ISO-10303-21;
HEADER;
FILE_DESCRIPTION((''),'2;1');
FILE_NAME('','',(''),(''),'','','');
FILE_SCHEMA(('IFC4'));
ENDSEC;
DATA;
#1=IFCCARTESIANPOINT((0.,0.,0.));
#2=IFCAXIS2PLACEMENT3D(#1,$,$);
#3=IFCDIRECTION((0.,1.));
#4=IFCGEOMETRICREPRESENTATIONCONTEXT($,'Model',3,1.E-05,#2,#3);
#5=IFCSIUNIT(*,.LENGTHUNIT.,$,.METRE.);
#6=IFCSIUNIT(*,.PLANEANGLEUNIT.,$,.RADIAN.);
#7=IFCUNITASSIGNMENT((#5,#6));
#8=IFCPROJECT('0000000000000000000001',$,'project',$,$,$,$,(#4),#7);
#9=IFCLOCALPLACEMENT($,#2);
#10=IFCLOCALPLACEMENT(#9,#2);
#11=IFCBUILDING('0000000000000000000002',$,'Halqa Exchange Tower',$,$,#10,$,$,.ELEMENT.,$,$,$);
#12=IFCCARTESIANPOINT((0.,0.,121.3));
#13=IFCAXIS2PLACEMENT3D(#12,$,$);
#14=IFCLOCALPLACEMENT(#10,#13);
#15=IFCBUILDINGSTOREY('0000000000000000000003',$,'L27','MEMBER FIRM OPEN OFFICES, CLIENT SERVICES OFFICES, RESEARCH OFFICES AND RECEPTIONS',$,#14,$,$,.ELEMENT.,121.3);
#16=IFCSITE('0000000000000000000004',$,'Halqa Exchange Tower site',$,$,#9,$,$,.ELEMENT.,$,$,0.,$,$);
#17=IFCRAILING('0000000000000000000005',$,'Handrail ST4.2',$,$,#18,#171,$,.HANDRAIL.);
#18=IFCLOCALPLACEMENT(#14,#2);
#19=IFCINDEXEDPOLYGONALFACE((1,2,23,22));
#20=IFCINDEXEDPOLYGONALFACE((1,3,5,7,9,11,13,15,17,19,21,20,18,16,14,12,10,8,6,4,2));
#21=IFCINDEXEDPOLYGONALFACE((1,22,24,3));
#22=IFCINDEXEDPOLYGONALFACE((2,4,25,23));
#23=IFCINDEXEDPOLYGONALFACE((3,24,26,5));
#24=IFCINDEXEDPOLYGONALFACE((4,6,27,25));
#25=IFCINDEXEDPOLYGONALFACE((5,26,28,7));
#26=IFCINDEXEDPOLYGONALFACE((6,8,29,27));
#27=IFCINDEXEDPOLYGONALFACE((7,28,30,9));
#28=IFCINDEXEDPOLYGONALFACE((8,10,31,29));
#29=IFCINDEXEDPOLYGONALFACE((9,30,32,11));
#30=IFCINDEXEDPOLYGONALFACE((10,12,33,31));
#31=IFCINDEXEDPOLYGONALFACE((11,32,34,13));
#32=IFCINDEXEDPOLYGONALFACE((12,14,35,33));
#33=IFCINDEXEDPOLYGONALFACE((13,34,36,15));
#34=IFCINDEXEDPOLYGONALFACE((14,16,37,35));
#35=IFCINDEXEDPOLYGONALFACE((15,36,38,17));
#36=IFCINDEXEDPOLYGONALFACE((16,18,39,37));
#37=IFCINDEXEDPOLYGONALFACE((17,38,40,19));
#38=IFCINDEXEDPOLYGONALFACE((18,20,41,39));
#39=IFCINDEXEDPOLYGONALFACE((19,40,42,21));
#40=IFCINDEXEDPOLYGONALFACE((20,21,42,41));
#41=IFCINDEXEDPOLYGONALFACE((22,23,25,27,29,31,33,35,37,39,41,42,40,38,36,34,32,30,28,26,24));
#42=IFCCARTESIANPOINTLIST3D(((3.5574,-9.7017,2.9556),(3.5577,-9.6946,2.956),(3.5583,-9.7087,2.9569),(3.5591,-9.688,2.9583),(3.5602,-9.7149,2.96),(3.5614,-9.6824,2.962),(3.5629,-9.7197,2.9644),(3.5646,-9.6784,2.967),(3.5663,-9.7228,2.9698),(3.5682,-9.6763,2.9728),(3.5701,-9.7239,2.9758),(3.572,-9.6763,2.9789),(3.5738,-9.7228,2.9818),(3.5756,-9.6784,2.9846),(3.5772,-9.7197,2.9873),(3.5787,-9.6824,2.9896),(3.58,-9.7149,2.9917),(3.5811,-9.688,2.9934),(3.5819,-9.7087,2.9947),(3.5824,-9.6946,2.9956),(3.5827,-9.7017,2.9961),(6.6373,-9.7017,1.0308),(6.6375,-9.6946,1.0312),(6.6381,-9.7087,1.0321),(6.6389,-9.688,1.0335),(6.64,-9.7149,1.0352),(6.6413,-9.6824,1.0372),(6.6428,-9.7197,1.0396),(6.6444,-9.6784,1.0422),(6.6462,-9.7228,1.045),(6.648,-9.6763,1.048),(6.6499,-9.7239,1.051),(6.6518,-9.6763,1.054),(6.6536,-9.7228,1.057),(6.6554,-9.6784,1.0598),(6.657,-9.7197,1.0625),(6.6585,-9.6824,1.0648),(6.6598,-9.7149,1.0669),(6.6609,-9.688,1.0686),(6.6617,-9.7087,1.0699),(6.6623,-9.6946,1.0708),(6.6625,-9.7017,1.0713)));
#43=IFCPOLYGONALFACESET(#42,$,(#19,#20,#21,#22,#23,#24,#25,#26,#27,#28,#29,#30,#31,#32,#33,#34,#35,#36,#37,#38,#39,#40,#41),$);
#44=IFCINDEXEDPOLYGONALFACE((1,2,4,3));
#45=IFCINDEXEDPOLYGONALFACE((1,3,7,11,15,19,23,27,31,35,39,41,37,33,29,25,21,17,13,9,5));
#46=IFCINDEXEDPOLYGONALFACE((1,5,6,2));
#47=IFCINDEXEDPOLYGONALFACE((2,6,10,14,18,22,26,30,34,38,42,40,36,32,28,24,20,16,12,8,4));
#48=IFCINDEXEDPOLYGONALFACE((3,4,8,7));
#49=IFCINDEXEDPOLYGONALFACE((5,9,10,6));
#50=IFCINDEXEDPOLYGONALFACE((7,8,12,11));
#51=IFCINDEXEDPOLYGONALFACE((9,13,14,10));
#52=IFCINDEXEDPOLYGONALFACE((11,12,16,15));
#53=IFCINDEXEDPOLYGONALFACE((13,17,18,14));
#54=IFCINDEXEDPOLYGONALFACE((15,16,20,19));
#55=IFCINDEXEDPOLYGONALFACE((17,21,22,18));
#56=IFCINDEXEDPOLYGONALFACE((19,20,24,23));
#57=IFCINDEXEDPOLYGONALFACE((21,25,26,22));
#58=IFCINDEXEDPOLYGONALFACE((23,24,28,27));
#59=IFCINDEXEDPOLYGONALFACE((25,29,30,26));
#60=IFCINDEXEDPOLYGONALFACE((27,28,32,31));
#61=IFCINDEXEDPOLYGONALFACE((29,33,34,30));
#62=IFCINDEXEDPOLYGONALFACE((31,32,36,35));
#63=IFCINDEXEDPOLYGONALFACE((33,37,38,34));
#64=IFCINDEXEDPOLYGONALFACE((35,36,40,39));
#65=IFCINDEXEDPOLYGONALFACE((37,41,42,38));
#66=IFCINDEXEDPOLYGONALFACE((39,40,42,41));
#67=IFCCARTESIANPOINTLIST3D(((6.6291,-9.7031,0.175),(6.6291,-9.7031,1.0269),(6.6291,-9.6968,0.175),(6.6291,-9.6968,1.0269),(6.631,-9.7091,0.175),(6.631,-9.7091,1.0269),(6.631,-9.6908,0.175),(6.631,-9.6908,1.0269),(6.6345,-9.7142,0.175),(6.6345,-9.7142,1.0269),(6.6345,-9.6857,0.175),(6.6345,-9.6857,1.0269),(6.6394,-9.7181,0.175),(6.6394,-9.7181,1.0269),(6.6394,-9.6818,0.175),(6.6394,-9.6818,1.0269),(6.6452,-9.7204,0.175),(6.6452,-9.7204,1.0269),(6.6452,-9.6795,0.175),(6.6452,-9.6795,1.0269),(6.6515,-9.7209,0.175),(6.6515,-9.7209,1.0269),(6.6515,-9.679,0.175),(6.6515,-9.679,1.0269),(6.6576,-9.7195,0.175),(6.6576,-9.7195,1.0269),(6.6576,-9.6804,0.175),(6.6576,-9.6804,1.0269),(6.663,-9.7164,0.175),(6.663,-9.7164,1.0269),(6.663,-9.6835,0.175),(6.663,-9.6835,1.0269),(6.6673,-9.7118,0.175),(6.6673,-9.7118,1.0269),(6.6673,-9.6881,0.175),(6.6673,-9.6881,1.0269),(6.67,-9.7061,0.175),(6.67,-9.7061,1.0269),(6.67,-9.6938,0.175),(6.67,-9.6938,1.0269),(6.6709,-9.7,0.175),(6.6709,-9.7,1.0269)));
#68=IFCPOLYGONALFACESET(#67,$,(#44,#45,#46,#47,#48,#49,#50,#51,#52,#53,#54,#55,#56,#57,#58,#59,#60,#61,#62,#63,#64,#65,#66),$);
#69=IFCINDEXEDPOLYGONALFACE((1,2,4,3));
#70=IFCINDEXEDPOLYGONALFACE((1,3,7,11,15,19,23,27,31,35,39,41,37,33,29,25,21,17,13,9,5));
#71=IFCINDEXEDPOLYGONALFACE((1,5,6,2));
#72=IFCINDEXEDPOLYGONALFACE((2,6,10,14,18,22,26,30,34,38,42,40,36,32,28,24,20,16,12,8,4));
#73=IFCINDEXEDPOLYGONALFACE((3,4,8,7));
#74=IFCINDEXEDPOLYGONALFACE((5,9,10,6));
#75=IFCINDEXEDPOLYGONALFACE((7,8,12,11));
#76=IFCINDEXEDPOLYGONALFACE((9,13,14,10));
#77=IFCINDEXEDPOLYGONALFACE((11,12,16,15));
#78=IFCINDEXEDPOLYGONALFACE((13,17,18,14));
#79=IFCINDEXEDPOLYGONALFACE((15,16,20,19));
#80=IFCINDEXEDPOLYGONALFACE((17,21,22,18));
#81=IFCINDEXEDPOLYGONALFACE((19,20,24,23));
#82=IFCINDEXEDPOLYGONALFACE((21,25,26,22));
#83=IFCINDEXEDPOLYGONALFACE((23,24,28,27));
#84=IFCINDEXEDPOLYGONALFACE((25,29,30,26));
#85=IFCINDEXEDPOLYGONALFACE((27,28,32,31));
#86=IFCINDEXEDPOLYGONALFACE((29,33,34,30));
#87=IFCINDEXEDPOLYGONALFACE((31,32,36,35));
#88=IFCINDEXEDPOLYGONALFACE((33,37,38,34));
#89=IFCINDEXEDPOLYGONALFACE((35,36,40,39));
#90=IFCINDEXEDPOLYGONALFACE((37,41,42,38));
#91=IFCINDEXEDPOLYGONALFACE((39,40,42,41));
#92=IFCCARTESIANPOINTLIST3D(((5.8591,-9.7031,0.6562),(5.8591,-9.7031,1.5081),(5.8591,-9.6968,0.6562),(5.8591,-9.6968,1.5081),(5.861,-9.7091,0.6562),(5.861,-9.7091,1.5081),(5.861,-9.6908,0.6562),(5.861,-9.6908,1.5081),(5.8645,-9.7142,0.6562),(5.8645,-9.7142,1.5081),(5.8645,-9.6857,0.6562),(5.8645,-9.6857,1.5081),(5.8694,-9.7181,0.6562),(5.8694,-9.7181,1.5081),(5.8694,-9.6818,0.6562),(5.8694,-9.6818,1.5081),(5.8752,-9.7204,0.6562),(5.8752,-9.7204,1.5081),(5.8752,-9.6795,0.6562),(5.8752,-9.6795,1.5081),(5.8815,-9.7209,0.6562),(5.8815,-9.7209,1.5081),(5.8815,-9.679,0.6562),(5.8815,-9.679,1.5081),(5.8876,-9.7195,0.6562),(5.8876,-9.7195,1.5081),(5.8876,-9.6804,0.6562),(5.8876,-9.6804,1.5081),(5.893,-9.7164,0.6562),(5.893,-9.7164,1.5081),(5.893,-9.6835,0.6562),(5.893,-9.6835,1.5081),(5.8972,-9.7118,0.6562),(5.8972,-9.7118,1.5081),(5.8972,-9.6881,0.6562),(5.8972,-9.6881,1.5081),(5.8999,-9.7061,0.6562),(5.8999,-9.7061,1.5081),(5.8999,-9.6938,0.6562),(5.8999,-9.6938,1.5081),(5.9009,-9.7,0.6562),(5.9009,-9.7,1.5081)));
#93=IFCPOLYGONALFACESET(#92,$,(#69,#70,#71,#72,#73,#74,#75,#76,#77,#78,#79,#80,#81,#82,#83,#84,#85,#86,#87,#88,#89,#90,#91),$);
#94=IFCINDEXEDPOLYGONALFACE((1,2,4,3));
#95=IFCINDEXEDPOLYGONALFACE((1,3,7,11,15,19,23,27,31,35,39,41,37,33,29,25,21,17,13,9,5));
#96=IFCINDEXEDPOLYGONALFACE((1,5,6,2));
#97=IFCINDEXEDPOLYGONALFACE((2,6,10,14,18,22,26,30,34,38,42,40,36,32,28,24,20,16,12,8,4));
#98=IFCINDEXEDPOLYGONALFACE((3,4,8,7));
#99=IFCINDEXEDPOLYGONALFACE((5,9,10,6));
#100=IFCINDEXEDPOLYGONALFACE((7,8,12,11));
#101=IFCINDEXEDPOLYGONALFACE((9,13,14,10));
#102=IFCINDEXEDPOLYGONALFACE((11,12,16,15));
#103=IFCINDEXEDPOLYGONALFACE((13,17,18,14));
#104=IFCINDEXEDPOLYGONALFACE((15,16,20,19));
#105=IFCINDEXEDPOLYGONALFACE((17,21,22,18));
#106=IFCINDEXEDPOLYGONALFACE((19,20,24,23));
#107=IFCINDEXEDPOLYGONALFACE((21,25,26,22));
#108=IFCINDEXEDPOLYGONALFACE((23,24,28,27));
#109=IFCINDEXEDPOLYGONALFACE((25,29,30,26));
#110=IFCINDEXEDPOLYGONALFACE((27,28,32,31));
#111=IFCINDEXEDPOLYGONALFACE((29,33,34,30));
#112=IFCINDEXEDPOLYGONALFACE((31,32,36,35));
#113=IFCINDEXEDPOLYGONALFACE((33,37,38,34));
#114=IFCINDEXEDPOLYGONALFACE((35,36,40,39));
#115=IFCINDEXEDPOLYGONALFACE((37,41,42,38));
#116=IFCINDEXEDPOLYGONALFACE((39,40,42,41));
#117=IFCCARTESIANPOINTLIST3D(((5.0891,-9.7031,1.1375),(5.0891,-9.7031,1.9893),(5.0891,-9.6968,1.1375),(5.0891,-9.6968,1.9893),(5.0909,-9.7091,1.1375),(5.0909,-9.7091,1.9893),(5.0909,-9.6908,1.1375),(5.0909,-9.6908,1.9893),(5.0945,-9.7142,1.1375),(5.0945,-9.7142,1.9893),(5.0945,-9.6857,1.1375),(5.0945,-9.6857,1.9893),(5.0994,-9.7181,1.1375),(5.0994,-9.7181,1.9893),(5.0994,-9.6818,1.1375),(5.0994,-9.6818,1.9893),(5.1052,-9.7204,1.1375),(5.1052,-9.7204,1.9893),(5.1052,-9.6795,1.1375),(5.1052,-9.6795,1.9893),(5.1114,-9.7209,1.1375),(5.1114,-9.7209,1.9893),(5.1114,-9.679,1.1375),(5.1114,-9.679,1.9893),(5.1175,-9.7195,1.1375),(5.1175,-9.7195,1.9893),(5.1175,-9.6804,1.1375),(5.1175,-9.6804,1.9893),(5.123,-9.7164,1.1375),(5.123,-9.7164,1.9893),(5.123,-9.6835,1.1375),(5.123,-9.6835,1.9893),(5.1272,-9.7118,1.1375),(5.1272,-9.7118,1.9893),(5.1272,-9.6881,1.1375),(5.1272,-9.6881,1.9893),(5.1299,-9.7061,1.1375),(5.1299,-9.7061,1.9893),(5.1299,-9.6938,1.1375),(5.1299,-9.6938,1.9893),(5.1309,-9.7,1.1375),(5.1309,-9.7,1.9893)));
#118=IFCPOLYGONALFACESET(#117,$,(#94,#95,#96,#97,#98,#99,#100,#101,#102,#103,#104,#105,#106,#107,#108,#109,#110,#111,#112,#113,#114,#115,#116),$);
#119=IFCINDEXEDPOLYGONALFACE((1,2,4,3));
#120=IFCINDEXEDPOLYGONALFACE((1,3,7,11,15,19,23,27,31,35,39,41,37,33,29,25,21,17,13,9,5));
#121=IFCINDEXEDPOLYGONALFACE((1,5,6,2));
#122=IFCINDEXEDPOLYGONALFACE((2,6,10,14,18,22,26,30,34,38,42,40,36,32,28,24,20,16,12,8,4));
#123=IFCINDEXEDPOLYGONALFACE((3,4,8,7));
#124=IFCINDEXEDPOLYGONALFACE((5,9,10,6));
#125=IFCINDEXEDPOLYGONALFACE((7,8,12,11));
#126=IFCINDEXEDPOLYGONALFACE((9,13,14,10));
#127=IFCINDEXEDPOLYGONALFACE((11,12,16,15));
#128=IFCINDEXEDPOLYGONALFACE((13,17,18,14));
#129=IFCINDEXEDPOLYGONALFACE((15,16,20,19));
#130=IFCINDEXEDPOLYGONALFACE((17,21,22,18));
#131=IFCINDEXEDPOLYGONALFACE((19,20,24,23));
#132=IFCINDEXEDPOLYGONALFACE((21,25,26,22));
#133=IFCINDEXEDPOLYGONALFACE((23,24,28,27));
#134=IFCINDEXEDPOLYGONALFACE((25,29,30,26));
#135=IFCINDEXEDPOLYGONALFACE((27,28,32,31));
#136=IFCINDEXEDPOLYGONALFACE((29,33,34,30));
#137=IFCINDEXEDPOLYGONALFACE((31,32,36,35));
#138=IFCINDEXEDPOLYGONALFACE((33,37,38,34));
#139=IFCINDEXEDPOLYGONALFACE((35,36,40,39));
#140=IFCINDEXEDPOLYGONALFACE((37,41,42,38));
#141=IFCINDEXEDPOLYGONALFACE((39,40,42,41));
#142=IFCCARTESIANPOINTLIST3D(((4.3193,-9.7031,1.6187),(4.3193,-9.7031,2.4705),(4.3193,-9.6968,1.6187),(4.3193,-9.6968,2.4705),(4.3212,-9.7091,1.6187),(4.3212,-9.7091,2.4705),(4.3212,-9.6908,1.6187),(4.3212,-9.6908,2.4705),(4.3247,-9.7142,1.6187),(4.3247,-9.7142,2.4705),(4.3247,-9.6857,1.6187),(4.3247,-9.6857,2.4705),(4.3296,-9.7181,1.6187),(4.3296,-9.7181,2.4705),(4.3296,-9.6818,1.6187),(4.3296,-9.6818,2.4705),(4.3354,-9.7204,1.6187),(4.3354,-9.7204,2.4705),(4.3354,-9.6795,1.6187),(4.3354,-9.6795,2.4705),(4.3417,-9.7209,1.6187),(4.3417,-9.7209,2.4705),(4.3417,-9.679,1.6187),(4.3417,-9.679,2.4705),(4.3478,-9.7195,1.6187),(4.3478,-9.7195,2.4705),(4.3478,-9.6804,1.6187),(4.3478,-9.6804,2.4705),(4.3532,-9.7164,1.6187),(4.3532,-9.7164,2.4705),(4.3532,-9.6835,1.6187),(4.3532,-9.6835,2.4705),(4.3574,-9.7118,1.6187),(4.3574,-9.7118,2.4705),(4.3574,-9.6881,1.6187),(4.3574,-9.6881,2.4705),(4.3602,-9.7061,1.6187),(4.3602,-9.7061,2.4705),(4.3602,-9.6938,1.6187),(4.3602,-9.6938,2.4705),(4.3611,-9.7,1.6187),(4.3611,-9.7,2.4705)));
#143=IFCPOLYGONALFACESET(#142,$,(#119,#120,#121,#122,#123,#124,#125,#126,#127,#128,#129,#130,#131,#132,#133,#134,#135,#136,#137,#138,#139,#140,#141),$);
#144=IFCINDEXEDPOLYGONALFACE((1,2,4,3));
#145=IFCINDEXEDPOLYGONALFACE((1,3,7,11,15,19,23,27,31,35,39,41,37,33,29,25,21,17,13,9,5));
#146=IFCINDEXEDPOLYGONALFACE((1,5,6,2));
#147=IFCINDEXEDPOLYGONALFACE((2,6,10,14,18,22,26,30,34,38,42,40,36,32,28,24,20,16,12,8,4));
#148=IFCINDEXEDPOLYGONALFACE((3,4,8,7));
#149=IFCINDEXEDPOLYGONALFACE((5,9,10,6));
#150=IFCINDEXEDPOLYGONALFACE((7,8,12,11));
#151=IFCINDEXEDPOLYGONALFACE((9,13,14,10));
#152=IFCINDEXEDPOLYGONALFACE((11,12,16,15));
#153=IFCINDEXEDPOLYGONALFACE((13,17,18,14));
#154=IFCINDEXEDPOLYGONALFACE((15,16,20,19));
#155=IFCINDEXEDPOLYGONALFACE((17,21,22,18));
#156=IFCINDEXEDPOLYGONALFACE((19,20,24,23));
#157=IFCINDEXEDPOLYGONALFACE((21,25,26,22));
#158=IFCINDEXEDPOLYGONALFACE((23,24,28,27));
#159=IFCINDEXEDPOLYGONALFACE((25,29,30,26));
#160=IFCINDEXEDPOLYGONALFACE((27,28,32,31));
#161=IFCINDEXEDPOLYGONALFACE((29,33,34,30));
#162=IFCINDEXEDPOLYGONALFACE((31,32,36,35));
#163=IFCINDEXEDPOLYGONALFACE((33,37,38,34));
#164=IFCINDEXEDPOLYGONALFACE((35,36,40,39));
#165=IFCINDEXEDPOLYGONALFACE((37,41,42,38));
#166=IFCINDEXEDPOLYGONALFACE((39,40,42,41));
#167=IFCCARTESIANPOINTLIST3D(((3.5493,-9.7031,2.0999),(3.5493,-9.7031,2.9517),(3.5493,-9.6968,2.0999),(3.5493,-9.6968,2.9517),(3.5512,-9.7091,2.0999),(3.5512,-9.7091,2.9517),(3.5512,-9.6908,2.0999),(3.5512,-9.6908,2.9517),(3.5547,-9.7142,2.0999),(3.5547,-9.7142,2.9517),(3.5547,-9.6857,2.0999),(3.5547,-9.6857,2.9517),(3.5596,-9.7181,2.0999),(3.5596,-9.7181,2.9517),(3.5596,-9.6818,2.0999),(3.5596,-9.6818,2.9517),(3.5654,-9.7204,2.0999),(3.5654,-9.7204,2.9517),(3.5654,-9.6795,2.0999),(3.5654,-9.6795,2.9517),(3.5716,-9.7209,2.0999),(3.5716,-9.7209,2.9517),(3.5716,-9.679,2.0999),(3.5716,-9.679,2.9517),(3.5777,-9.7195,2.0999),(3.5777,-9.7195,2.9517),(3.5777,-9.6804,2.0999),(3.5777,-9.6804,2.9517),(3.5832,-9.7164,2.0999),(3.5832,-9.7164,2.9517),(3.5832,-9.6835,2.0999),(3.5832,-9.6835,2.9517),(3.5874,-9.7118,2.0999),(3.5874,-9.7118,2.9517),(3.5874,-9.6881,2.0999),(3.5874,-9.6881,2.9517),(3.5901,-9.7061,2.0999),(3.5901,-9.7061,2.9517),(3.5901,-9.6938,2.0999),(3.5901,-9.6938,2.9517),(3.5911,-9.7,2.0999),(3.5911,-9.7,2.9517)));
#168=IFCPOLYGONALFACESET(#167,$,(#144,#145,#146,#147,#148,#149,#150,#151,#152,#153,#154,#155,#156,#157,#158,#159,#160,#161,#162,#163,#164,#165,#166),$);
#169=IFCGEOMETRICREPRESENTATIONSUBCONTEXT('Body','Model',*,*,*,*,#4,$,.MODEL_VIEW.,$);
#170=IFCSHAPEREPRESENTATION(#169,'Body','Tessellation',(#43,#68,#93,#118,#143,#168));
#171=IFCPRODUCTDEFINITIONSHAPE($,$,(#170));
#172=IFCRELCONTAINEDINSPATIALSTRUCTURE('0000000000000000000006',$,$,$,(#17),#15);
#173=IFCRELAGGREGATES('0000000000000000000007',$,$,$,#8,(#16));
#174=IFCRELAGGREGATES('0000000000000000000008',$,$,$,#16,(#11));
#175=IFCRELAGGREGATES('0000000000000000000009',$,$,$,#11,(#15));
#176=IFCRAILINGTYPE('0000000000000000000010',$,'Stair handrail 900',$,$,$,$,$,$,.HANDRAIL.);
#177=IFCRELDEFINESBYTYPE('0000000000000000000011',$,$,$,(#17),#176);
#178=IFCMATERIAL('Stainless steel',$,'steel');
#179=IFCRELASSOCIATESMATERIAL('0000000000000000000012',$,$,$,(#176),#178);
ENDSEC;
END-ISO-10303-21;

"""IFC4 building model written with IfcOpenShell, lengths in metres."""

from ifc_helpers import new_model, si_unit, direction, frame, origin, origin_2d, place, context, subcontext, project, spatial, circle, extrude, material, type_object, element, save


model = new_model("IFC4")

# Units and contexts
model_context = context("Model", 3, precision=1e-05, world=origin(), true_north=direction((0.0, 1.0)))
body_context = subcontext(model_context, "Body", "Model", "MODEL_VIEW")
ifc_project = project(units=[si_unit("LENGTHUNIT", "METRE"), si_unit("PLANEANGLEUNIT", "RADIAN")], contexts=[model_context])

# Site, building, storey
site_placement = place(None, origin())
site = spatial("IfcSite", under=ifc_project, at=site_placement, Name="Halqa Exchange Tower site", CompositionType="ELEMENT", RefElevation=0.0)
building_placement = place(site_placement, origin())
building = spatial("IfcBuilding", under=site, at=building_placement, Name="Halqa Exchange Tower", CompositionType="ELEMENT")
storey_placement = place(building_placement, frame((0.0, 0.0, 121.3)))
storey = spatial("IfcBuildingStorey", under=building, at=storey_placement, Name="L27", Description="MEMBER FIRM OPEN OFFICES, CLIENT SERVICES OFFICES, RESEARCH OFFICES AND RECEPTIONS", CompositionType="ELEMENT", Elevation=121.3)

# Railing
ifc_material_1 = material(Name="Stainless steel", Category="steel")
railing_type_1 = type_object("IfcRailingType", Name="Stair handrail 900", PredefinedType="HANDRAIL", material=ifc_material_1)
railing_1_placement = place(storey_placement, frame((6.6499, -9.7, 0.175)))
element("IfcRailing", 1, at=railing_1_placement, inside=storey, type_object=railing_type_1, Name="Handrail ST4.2", PredefinedType="HANDRAIL", context=body_context, shape_type="SweptSolid", body=[
    extrude(circle(Radius=0.0239, at=origin_2d()), frame((0.0, 0.0, 0.876), z_axis=(-0.84801, 0.0, 0.529981), x_axis=(0.0, -1.0, 0.0)), (0.0, 0.0, 1.0), 3.6318),
    extrude(circle(Radius=0.021, at=origin_2d()), origin(), (0.0, 0.0, 1.0), 0.8518),
    extrude(circle(Radius=0.021, at=origin_2d()), frame((-0.77, 0.0, 0.4812)), (0.0, 0.0, 1.0), 0.8518),
    extrude(circle(Radius=0.021, at=origin_2d()), frame((-1.54, 0.0, 0.9624)), (0.0, 0.0, 1.0), 0.8518),
    extrude(circle(Radius=0.021, at=origin_2d()), frame((-2.3098, 0.0, 1.4436)), (0.0, 0.0, 1.0), 0.8518),
    extrude(circle(Radius=0.021, at=origin_2d()), frame((-3.0798, 0.0, 1.9248)), (0.0, 0.0, 1.0), 0.8518),
])

save(model, "model.ifc")
